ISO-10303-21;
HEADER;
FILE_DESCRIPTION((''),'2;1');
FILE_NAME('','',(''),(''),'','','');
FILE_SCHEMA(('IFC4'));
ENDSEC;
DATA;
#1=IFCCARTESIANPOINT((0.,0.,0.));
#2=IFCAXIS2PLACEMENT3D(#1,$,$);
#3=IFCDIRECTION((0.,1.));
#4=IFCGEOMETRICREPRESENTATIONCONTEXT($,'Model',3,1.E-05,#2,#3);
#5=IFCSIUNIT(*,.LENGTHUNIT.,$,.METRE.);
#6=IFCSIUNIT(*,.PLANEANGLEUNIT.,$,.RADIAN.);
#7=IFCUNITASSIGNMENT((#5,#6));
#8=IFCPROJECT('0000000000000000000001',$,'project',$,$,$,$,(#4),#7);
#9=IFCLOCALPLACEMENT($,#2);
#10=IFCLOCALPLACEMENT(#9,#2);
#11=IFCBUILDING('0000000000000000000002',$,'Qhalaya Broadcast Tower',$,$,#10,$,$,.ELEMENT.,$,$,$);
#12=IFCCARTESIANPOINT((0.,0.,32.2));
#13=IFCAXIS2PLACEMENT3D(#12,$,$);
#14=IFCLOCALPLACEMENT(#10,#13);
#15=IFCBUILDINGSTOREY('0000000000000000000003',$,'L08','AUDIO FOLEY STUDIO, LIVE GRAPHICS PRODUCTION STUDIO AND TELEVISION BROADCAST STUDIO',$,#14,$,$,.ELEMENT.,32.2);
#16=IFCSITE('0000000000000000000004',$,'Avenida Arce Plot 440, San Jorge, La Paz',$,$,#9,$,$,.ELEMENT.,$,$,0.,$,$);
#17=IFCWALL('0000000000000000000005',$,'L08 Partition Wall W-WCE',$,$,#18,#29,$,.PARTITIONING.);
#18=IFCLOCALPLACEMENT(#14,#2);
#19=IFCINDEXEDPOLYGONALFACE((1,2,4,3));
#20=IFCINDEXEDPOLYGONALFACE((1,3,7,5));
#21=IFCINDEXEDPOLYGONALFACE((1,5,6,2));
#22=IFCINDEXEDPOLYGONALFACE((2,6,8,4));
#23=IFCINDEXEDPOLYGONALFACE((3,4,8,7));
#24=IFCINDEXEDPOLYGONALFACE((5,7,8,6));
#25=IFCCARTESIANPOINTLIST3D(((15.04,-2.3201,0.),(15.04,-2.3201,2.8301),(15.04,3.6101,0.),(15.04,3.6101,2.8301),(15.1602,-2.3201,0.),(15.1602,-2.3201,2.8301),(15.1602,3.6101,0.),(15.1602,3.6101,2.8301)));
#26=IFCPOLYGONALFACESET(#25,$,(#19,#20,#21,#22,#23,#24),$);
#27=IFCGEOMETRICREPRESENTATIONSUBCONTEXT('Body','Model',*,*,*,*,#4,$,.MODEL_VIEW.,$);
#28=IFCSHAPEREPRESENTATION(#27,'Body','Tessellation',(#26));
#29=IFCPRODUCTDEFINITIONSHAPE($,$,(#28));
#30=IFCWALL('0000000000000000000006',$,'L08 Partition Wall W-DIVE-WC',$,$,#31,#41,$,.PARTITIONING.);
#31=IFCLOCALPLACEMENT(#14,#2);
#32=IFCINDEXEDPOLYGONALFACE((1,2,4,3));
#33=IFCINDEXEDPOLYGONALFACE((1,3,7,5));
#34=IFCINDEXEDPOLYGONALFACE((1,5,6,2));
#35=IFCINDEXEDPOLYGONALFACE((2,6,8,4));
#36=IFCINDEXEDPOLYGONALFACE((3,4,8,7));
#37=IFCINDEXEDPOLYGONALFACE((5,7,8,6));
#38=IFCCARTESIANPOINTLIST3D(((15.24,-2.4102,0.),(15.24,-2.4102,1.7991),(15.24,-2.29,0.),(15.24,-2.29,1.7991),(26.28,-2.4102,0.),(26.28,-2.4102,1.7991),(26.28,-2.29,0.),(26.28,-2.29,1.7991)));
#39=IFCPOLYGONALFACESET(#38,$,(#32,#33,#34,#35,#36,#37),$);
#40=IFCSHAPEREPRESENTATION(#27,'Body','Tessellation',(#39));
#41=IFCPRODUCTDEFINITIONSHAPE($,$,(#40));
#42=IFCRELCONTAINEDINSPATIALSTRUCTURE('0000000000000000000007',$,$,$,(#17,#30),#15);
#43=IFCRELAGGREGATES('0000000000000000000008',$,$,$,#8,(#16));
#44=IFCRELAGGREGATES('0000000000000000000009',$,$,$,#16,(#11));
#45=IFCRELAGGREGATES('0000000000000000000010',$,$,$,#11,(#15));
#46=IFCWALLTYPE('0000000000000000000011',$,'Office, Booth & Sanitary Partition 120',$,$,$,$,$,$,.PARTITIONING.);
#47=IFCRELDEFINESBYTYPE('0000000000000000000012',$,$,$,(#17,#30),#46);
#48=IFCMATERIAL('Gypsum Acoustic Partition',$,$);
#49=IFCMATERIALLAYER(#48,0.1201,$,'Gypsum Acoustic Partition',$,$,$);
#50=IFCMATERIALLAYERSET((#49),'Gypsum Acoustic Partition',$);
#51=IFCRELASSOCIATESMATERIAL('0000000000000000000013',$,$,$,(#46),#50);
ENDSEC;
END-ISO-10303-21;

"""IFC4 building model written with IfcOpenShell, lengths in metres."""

from ifc_helpers import new_model, si_unit, direction, frame, frame_2d, origin, place, context, subcontext, project, spatial, rectangle, extrude, material, layer, layer_set, type_object, element, save


model = new_model("IFC4")

# Units and contexts
model_context = context("Model", 3, precision=1e-05, world=origin(), true_north=direction((0.0, 1.0)))
body_context = subcontext(model_context, "Body", "Model", "MODEL_VIEW")
ifc_project = project(units=[si_unit("LENGTHUNIT", "METRE"), si_unit("PLANEANGLEUNIT", "RADIAN")], contexts=[model_context])

# Site, building, storey
site_placement = place(None, origin())
site = spatial("IfcSite", under=ifc_project, at=site_placement, Name="Avenida Arce Plot 440, San Jorge, La Paz", CompositionType="ELEMENT", RefElevation=0.0)
building_placement = place(site_placement, origin())
building = spatial("IfcBuilding", under=site, at=building_placement, Name="Qhalaya Broadcast Tower", CompositionType="ELEMENT")
storey_placement = place(building_placement, frame((0.0, 0.0, 32.2)))
storey = spatial("IfcBuildingStorey", under=building, at=storey_placement, Name="L08", Description="AUDIO FOLEY STUDIO, LIVE GRAPHICS PRODUCTION STUDIO AND TELEVISION BROADCAST STUDIO", CompositionType="ELEMENT", Elevation=32.2)

# Walls
ifc_material_1 = material(Name="Gypsum Acoustic Partition")
ifc_layer_1 = layer(ifc_material_1, 0.1201, Name="Gypsum Acoustic Partition")
ifc_layer_set_1 = layer_set([ifc_layer_1], Name="Gypsum Acoustic Partition")
wall_type_1 = type_object("IfcWallType", Name="Office, Booth & Sanitary Partition 120", PredefinedType="PARTITIONING", material=ifc_layer_set_1)
wall_1_placement = place(storey_placement, frame((15.1001, -2.3201, 0.0), z_axis=(0.0, 0.0, 1.0), x_axis=(0.0, 1.0, 0.0)))
element("IfcWall", 1, at=wall_1_placement, inside=storey, type_object=wall_type_1, Name="L08 Partition Wall W-WCE", PredefinedType="PARTITIONING", context=body_context, shape_type="SweptSolid", body=[
    extrude(rectangle(XDim=5.9302, YDim=0.1201, at=frame_2d((2.9651, 0.0))), origin(), (0.0, 0.0, 1.0), 2.8301),
])
wall_2_placement = place(storey_placement, frame((15.24, -2.3501, 0.0), z_axis=(0.0, 0.0, 1.0), x_axis=(1.0, 0.0, 0.0)))
element("IfcWall", 2, at=wall_2_placement, inside=storey, type_object=wall_type_1, Name="L08 Partition Wall W-DIVE-WC", PredefinedType="PARTITIONING", context=body_context, shape_type="SweptSolid", body=[
    extrude(rectangle(XDim=11.04, YDim=0.1201, at=frame_2d((5.52, 0.0))), origin(), (0.0, 0.0, 1.0), 1.7991),
])

save(model, "model.ifc")
